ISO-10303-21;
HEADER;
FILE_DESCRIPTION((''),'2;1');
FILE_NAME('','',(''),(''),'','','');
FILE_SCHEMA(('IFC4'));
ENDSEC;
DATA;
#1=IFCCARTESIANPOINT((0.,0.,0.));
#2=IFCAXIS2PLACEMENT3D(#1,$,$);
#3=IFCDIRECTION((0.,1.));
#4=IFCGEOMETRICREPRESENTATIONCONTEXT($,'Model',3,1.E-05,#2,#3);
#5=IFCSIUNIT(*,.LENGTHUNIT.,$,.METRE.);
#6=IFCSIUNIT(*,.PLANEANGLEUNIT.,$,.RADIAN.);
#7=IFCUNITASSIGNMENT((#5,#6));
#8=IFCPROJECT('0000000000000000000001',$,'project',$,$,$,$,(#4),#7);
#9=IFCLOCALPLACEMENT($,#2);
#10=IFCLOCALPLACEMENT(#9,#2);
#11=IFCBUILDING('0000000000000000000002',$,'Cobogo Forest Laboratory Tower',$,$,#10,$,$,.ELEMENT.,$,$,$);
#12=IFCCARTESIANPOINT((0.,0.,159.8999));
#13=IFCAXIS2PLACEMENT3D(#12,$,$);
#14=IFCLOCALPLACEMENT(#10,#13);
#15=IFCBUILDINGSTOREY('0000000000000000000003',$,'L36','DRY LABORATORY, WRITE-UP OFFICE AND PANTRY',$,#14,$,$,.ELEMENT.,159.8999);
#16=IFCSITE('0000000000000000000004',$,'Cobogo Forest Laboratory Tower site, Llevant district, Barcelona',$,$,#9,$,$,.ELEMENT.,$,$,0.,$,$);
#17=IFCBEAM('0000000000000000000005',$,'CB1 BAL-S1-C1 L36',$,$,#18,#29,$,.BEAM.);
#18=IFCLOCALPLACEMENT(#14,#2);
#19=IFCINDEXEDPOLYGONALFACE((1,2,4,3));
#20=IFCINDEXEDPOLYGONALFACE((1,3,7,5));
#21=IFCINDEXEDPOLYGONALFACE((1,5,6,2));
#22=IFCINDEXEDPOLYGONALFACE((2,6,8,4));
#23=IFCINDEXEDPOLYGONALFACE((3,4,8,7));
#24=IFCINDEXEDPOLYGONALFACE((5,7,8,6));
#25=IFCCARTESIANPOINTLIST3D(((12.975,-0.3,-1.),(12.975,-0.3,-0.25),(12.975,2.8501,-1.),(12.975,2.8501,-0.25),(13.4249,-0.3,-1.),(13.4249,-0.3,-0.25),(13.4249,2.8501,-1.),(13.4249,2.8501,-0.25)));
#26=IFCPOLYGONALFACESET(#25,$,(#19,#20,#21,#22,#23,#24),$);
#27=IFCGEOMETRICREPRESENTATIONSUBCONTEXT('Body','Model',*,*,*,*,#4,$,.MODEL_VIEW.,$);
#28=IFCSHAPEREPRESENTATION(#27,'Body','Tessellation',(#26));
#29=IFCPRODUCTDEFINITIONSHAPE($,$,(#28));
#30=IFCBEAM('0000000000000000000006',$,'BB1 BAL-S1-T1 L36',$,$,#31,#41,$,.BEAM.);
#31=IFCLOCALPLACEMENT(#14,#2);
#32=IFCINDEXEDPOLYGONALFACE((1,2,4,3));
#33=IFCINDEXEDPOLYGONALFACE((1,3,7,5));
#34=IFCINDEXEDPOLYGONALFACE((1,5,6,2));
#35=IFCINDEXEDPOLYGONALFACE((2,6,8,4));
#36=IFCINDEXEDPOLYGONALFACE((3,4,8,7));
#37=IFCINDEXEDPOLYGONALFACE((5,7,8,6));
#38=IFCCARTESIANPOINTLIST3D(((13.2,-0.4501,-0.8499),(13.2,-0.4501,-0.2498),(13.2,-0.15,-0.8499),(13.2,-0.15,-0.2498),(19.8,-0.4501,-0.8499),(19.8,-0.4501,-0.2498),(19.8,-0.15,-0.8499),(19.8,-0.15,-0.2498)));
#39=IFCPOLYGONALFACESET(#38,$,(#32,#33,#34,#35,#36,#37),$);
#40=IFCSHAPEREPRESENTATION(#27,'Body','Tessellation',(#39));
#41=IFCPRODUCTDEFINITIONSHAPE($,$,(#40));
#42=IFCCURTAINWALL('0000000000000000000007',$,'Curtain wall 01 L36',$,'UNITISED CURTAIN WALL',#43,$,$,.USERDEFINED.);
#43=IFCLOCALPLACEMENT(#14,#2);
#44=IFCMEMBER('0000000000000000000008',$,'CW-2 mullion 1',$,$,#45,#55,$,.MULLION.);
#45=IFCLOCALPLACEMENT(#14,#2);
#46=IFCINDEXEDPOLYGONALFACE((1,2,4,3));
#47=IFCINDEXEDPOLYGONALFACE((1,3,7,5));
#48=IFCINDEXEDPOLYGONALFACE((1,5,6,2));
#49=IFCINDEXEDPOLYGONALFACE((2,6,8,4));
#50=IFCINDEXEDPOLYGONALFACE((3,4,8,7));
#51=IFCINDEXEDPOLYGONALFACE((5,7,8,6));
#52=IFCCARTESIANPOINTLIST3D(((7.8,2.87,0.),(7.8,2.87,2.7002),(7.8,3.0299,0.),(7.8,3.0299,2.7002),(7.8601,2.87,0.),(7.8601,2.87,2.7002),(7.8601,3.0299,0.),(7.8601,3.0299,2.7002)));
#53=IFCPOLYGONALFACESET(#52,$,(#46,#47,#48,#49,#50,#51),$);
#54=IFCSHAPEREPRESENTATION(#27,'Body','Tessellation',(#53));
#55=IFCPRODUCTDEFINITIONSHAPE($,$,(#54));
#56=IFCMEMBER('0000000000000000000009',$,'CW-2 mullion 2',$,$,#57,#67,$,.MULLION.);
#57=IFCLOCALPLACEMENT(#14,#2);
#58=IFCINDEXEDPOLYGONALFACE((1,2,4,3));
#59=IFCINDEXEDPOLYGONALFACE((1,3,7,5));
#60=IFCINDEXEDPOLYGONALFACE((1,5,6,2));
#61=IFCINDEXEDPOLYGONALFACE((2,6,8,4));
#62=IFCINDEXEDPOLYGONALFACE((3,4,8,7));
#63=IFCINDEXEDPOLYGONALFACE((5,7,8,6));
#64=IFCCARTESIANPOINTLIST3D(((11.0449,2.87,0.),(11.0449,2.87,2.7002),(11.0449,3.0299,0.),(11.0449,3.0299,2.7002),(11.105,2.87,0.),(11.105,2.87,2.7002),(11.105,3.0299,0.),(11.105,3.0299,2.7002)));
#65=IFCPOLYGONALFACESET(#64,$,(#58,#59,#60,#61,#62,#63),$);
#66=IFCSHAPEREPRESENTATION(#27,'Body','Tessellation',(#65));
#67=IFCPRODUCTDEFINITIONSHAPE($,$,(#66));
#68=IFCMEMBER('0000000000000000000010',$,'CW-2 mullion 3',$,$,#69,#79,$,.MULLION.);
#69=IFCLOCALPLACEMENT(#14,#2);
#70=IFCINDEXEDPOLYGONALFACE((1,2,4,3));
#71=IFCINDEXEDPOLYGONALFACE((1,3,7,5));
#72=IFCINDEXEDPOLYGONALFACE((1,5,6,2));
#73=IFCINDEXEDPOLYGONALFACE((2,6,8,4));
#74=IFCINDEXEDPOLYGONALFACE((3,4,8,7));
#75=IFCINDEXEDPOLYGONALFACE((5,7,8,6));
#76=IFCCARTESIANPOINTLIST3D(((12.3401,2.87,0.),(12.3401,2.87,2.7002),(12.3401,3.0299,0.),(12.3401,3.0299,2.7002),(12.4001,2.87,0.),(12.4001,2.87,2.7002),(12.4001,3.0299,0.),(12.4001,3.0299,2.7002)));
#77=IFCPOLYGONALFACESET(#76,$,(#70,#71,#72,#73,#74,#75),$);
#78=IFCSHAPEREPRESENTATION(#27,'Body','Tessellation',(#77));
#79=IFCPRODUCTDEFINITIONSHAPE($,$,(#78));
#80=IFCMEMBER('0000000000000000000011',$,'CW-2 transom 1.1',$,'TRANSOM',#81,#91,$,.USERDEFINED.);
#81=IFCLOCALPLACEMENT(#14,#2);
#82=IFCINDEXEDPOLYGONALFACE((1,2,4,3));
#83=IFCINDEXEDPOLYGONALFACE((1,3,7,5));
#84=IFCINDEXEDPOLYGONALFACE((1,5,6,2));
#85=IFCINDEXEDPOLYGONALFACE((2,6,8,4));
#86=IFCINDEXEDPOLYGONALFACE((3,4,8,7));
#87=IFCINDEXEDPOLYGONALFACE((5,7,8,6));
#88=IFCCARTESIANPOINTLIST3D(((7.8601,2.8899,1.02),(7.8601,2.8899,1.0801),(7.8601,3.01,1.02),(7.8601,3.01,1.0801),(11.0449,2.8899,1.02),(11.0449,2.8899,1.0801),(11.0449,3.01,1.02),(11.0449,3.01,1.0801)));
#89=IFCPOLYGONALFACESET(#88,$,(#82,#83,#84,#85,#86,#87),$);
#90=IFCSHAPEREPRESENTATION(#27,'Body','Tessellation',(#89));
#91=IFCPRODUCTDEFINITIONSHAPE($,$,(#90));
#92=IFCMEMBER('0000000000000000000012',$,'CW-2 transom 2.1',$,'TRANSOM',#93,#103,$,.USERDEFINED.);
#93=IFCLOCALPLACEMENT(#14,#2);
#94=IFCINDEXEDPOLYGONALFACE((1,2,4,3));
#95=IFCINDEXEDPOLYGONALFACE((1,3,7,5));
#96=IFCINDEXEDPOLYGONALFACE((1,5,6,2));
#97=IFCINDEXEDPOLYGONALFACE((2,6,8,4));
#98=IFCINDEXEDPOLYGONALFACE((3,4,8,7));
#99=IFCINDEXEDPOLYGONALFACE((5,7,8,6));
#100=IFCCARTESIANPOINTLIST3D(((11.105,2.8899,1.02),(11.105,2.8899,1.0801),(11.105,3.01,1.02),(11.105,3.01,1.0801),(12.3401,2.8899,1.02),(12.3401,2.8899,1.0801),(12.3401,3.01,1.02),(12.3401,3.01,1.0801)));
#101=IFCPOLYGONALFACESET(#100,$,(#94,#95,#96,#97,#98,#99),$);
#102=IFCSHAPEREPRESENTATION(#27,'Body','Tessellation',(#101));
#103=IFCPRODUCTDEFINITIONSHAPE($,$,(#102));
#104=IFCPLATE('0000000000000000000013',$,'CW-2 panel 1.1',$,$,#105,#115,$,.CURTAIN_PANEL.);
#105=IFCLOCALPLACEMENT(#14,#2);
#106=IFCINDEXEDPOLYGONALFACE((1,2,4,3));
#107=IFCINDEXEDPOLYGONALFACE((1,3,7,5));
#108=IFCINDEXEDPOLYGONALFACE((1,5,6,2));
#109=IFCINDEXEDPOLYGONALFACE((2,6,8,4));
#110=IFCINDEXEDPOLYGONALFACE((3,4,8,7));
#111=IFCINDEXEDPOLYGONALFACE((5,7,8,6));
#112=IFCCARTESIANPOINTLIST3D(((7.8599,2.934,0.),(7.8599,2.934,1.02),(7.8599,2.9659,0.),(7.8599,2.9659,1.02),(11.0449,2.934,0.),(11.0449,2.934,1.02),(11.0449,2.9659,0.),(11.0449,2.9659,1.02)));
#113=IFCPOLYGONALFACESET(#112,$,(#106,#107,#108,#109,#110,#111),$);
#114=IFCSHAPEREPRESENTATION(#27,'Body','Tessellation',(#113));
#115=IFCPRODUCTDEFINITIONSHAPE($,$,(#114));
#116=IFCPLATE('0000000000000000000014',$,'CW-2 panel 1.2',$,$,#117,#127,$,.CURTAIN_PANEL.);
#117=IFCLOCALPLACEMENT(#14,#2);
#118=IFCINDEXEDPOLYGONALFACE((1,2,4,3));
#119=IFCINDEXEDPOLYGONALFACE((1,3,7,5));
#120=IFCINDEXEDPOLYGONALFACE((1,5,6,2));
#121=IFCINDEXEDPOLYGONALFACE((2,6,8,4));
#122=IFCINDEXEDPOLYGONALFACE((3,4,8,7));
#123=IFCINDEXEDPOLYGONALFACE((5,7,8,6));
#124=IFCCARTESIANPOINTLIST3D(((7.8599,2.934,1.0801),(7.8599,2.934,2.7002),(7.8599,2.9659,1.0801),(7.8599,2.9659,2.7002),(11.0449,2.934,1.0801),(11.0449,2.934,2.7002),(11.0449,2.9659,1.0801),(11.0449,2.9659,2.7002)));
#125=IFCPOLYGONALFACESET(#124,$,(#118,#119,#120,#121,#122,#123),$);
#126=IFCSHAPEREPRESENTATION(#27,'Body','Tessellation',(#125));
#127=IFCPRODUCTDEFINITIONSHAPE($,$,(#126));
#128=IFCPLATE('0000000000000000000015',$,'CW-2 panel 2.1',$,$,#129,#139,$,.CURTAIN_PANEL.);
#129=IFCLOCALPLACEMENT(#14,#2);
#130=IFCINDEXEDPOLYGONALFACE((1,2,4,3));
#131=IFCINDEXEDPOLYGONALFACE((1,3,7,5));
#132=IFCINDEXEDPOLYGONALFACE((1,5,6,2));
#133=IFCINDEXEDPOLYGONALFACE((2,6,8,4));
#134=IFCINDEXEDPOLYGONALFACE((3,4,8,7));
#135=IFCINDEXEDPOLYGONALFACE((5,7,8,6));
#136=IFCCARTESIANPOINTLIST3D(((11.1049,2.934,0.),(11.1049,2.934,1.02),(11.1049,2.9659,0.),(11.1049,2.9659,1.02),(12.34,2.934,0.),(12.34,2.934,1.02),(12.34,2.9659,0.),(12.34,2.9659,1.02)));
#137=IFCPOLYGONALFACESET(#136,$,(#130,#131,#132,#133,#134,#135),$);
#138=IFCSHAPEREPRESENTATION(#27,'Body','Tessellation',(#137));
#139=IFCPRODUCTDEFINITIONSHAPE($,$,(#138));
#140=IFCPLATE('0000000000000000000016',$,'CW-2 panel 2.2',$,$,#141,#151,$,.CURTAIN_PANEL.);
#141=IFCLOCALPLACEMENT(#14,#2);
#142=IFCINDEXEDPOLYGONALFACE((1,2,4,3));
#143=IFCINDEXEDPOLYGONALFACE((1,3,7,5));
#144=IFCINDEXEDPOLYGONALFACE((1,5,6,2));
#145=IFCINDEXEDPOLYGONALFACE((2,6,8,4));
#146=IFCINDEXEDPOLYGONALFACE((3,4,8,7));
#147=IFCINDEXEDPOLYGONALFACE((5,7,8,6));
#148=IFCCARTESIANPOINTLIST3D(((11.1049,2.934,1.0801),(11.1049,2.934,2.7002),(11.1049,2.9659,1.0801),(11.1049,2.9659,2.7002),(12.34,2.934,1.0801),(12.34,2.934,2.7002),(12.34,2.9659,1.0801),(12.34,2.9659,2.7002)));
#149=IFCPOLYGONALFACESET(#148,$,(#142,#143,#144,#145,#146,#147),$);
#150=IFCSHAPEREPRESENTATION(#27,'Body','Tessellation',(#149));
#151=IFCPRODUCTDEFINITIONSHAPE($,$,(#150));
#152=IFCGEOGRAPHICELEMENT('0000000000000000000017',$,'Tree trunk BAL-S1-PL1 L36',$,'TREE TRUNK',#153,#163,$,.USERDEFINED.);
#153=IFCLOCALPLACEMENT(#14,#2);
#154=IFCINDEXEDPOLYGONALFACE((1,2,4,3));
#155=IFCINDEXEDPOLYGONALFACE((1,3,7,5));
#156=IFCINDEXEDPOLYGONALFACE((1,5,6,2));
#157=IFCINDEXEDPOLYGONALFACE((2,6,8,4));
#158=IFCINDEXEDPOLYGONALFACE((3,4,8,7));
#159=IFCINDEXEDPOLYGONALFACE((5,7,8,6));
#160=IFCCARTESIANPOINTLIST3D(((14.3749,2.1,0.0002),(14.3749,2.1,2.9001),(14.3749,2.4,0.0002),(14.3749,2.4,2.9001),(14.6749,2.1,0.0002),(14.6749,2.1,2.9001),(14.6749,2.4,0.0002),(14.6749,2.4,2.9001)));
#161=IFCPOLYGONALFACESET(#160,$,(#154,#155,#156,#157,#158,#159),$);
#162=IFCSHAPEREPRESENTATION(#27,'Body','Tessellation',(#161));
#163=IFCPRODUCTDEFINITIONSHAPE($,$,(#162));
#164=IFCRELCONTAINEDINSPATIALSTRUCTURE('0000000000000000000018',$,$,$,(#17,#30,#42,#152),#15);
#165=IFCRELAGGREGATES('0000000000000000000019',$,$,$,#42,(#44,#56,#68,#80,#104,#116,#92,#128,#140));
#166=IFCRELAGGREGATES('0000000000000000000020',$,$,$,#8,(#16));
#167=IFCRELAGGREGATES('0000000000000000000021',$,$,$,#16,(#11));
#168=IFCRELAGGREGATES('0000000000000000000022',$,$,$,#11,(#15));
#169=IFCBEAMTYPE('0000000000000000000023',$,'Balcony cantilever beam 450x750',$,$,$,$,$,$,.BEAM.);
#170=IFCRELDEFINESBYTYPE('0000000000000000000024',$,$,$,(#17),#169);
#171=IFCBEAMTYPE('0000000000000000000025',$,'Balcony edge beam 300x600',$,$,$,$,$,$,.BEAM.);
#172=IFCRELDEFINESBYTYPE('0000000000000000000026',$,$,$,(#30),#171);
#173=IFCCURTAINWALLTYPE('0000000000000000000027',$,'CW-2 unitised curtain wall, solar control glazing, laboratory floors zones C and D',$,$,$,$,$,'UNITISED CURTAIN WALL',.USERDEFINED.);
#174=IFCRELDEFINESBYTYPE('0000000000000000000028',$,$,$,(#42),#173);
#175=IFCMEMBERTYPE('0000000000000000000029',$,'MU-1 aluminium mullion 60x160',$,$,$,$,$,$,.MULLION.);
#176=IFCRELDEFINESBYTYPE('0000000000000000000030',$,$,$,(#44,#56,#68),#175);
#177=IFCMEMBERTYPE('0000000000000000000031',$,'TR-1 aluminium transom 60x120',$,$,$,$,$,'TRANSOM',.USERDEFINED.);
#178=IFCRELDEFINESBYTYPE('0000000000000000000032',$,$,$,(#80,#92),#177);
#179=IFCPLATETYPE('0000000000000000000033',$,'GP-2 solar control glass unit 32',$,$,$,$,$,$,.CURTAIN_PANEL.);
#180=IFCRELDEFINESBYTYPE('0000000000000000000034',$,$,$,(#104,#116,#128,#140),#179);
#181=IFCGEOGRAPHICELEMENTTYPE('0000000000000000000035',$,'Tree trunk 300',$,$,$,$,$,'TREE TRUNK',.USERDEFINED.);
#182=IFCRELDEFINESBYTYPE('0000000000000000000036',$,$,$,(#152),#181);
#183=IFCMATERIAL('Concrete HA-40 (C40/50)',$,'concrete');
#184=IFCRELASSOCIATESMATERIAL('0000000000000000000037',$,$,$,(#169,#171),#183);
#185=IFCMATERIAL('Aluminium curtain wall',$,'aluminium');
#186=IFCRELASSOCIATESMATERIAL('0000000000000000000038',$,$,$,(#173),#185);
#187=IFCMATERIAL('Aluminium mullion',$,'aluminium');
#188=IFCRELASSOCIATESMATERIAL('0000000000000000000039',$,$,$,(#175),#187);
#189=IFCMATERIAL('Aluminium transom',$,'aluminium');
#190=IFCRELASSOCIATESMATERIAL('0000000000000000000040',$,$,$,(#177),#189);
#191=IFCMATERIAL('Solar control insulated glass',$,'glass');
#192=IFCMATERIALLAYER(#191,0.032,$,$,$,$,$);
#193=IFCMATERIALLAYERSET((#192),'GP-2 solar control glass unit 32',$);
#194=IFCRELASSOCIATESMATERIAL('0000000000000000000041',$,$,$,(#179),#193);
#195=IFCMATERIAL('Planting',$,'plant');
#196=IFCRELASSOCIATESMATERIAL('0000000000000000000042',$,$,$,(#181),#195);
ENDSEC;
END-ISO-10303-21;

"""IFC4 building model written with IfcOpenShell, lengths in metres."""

from ifc_helpers import new_model, si_unit, direction, frame, origin, origin_2d, place, context, subcontext, project, spatial, rectangle, extrude, material, layer, layer_set, material_profile, profile_set, type_object, element, aggregate, save


model = new_model("IFC4")

# Units and contexts
model_context = context("Model", 3, precision=1e-05, world=origin(), true_north=direction((0.0, 1.0)))
body_context = subcontext(model_context, "Body", "Model", "MODEL_VIEW")
ifc_project = project(units=[si_unit("LENGTHUNIT", "METRE"), si_unit("PLANEANGLEUNIT", "RADIAN")], contexts=[model_context])

# Site, building, storey
site_placement = place(None, origin())
site = spatial("IfcSite", under=ifc_project, at=site_placement, Name="Cobogo Forest Laboratory Tower site, Llevant district, Barcelona", CompositionType="ELEMENT", RefElevation=0.0)
building_placement = place(site_placement, origin())
building = spatial("IfcBuilding", under=site, at=building_placement, Name="Cobogo Forest Laboratory Tower", CompositionType="ELEMENT")
storey_placement = place(building_placement, frame((0.0, 0.0, 159.8999)))
storey = spatial("IfcBuildingStorey", under=building, at=storey_placement, Name="L36", Description="DRY LABORATORY, WRITE-UP OFFICE AND PANTRY", CompositionType="ELEMENT", Elevation=159.8999)

# Beams
ifc_material_1 = material(Name="Concrete HA-40 (C40/50)", Category="concrete")
ifc_material_profile_1 = material_profile(ifc_material_1, rectangle(XDim=0.45, YDim=0.75, at=origin_2d()), Name="RC 450x750")
ifc_profile_set_1 = profile_set([ifc_material_profile_1], Name="Concrete HA-40 (C40/50)")
beam_type_1 = type_object("IfcBeamType", Name="Balcony cantilever beam 450x750", PredefinedType="BEAM", material=ifc_profile_set_1)
beam_1_placement = place(storey_placement, frame((13.2, 2.8501, -0.625), z_axis=(0.0, -1.0, 0.0), x_axis=(1.0, 0.0, 0.0)))
element("IfcBeam", 1, at=beam_1_placement, inside=storey, type_object=beam_type_1, Name="CB1 BAL-S1-C1 L36", PredefinedType="BEAM", context=body_context, shape_type="SweptSolid", body=[
    extrude(rectangle(XDim=0.45, YDim=0.75, at=origin_2d()), origin(), (0.0, 0.0, 1.0), 3.1501),
])
ifc_material_profile_2 = material_profile(ifc_material_1, rectangle(XDim=0.3, YDim=0.6001, at=origin_2d()), Name="RC 300x600")
ifc_profile_set_2 = profile_set([ifc_material_profile_2], Name="Concrete HA-40 (C40/50)")
beam_type_2 = type_object("IfcBeamType", Name="Balcony edge beam 300x600", PredefinedType="BEAM", material=ifc_profile_set_2)
beam_2_placement = place(storey_placement, frame((13.2, -0.3, -0.5498), z_axis=(1.0, 0.0, 0.0), x_axis=(0.0, 1.0, 0.0)))
element("IfcBeam", 2, at=beam_2_placement, inside=storey, type_object=beam_type_2, Name="BB1 BAL-S1-T1 L36", PredefinedType="BEAM", context=body_context, shape_type="SweptSolid", body=[
    extrude(rectangle(XDim=0.3, YDim=0.6001, at=origin_2d()), origin(), (0.0, 0.0, 1.0), 6.6001),
])

# Curtain wall, members, plates
ifc_material_2 = material(Name="Aluminium curtain wall", Category="aluminium")
curtain_wall_type = type_object("IfcCurtainWallType", Name="CW-2 unitised curtain wall, solar control glazing, laboratory floors zones C and D", ElementType="UNITISED CURTAIN WALL", PredefinedType="USERDEFINED", material=ifc_material_2)
curtain_wall_placement = place(storey_placement, origin())
curtain_wall = element("IfcCurtainWall", 3, at=curtain_wall_placement, inside=storey, type_object=curtain_wall_type, Name="Curtain wall 01 L36", ObjectType="UNITISED CURTAIN WALL", PredefinedType="USERDEFINED")
ifc_material_3 = material(Name="Aluminium mullion", Category="aluminium")
ifc_material_profile_3 = material_profile(ifc_material_3, rectangle(XDim=0.0601, YDim=0.1599, at=origin_2d()), Name="AL 60x160")
ifc_profile_set_3 = profile_set([ifc_material_profile_3], Name="Aluminium mullion")
member_type_1 = type_object("IfcMemberType", Name="MU-1 aluminium mullion 60x160", PredefinedType="MULLION", material=ifc_profile_set_3)
member_1_placement = place(storey_placement, frame((7.8301, 2.95, 0.0), z_axis=(0.0, 0.0, 1.0), x_axis=(1.0, 0.0, 0.0)))
member_1 = element("IfcMember", 4, at=member_1_placement, type_object=member_type_1, Name="CW-2 mullion 1", PredefinedType="MULLION", context=body_context, shape_type="SweptSolid", body=[
    extrude(rectangle(XDim=0.0601, YDim=0.1599, at=origin_2d()), origin(), (0.0, 0.0, 1.0), 2.7002),
])
member_2_placement = place(storey_placement, frame((11.075, 2.95, 0.0), z_axis=(0.0, 0.0, 1.0), x_axis=(1.0, 0.0, 0.0)))
member_2 = element("IfcMember", 5, at=member_2_placement, type_object=member_type_1, Name="CW-2 mullion 2", PredefinedType="MULLION", context=body_context, shape_type="SweptSolid", body=[
    extrude(rectangle(XDim=0.0601, YDim=0.1599, at=origin_2d()), origin(), (0.0, 0.0, 1.0), 2.7002),
])
member_3_placement = place(storey_placement, frame((12.3701, 2.95, 0.0), z_axis=(0.0, 0.0, 1.0), x_axis=(1.0, 0.0, 0.0)))
member_3 = element("IfcMember", 6, at=member_3_placement, type_object=member_type_1, Name="CW-2 mullion 3", PredefinedType="MULLION", context=body_context, shape_type="SweptSolid", body=[
    extrude(rectangle(XDim=0.0601, YDim=0.1599, at=origin_2d()), origin(), (0.0, 0.0, 1.0), 2.7002),
])
ifc_material_4 = material(Name="Aluminium transom", Category="aluminium")
ifc_material_profile_4 = material_profile(ifc_material_4, rectangle(XDim=0.1201, YDim=0.0601, at=origin_2d()), Name="AL 60x120")
ifc_profile_set_4 = profile_set([ifc_material_profile_4], Name="Aluminium transom")
member_type_2 = type_object("IfcMemberType", Name="TR-1 aluminium transom 60x120", ElementType="TRANSOM", PredefinedType="USERDEFINED", material=ifc_profile_set_4)
member_4_placement = place(storey_placement, frame((7.8601, 2.95, 1.05), z_axis=(1.0, 0.0, 0.0), x_axis=(0.0, 1.0, 0.0)))
member_4 = element("IfcMember", 7, at=member_4_placement, type_object=member_type_2, Name="CW-2 transom 1.1", ObjectType="TRANSOM", PredefinedType="USERDEFINED", context=body_context, shape_type="SweptSolid", body=[
    extrude(rectangle(XDim=0.1201, YDim=0.0601, at=origin_2d()), origin(), (0.0, 0.0, 1.0), 3.1848),
])
member_5_placement = place(storey_placement, frame((11.105, 2.95, 1.05), z_axis=(1.0, 0.0, 0.0), x_axis=(0.0, 1.0, 0.0)))
member_5 = element("IfcMember", 8, at=member_5_placement, type_object=member_type_2, Name="CW-2 transom 2.1", ObjectType="TRANSOM", PredefinedType="USERDEFINED", context=body_context, shape_type="SweptSolid", body=[
    extrude(rectangle(XDim=0.1201, YDim=0.0601, at=origin_2d()), origin(), (0.0, 0.0, 1.0), 1.2351),
])
ifc_material_5 = material(Name="Solar control insulated glass", Category="glass")
ifc_layer = layer(ifc_material_5, 0.032)
ifc_layer_set = layer_set([ifc_layer], Name="GP-2 solar control glass unit 32")
plate_type = type_object("IfcPlateType", Name="GP-2 solar control glass unit 32", PredefinedType="CURTAIN_PANEL", material=ifc_layer_set)
plate_1_placement = place(storey_placement, frame((9.4524, 2.95, 0.0), z_axis=(0.0, 0.0, 1.0), x_axis=(1.0, 0.0, 0.0)))
plate_1 = element("IfcPlate", 9, at=plate_1_placement, type_object=plate_type, Name="CW-2 panel 1.1", PredefinedType="CURTAIN_PANEL", context=body_context, shape_type="SweptSolid", body=[
    extrude(rectangle(XDim=3.1851, YDim=0.032, at=origin_2d()), origin(), (0.0, 0.0, 1.0), 1.02),
])
plate_2_placement = place(storey_placement, frame((9.4524, 2.95, 1.0801), z_axis=(0.0, 0.0, 1.0), x_axis=(1.0, 0.0, 0.0)))
plate_2 = element("IfcPlate", 10, at=plate_2_placement, type_object=plate_type, Name="CW-2 panel 1.2", PredefinedType="CURTAIN_PANEL", context=body_context, shape_type="SweptSolid", body=[
    extrude(rectangle(XDim=3.1851, YDim=0.032, at=origin_2d()), origin(), (0.0, 0.0, 1.0), 1.6201),
])
plate_3_placement = place(storey_placement, frame((11.7224, 2.95, 0.0), z_axis=(0.0, 0.0, 1.0), x_axis=(1.0, 0.0, 0.0)))
plate_3 = element("IfcPlate", 11, at=plate_3_placement, type_object=plate_type, Name="CW-2 panel 2.1", PredefinedType="CURTAIN_PANEL", context=body_context, shape_type="SweptSolid", body=[
    extrude(rectangle(XDim=1.2351, YDim=0.032, at=origin_2d()), origin(), (0.0, 0.0, 1.0), 1.02),
])
plate_4_placement = place(storey_placement, frame((11.7224, 2.95, 1.0801), z_axis=(0.0, 0.0, 1.0), x_axis=(1.0, 0.0, 0.0)))
plate_4 = element("IfcPlate", 12, at=plate_4_placement, type_object=plate_type, Name="CW-2 panel 2.2", PredefinedType="CURTAIN_PANEL", context=body_context, shape_type="SweptSolid", body=[
    extrude(rectangle(XDim=1.2351, YDim=0.032, at=origin_2d()), origin(), (0.0, 0.0, 1.0), 1.6201),
])
aggregate(curtain_wall, [member_1, member_2, member_3, member_4, plate_1, plate_2, member_5, plate_3, plate_4])

# Geographic element
ifc_material_6 = material(Name="Planting", Category="plant")
geographic_element_type = type_object("IfcGeographicElementType", Name="Tree trunk 300", ElementType="TREE TRUNK", PredefinedType="USERDEFINED", material=ifc_material_6)
geographic_element_placement = place(storey_placement, frame((14.5249, 2.25, 0.0002), z_axis=(0.0, 0.0, 1.0), x_axis=(1.0, 0.0, 0.0)))
element("IfcGeographicElement", 13, at=geographic_element_placement, inside=storey, type_object=geographic_element_type, Name="Tree trunk BAL-S1-PL1 L36", ObjectType="TREE TRUNK", PredefinedType="USERDEFINED", context=body_context, shape_type="SweptSolid", body=[
    extrude(rectangle(XDim=0.3, YDim=0.3, at=origin_2d()), origin(), (0.0, 0.0, 1.0), 2.8999),
])

save(model, "model.ifc")
